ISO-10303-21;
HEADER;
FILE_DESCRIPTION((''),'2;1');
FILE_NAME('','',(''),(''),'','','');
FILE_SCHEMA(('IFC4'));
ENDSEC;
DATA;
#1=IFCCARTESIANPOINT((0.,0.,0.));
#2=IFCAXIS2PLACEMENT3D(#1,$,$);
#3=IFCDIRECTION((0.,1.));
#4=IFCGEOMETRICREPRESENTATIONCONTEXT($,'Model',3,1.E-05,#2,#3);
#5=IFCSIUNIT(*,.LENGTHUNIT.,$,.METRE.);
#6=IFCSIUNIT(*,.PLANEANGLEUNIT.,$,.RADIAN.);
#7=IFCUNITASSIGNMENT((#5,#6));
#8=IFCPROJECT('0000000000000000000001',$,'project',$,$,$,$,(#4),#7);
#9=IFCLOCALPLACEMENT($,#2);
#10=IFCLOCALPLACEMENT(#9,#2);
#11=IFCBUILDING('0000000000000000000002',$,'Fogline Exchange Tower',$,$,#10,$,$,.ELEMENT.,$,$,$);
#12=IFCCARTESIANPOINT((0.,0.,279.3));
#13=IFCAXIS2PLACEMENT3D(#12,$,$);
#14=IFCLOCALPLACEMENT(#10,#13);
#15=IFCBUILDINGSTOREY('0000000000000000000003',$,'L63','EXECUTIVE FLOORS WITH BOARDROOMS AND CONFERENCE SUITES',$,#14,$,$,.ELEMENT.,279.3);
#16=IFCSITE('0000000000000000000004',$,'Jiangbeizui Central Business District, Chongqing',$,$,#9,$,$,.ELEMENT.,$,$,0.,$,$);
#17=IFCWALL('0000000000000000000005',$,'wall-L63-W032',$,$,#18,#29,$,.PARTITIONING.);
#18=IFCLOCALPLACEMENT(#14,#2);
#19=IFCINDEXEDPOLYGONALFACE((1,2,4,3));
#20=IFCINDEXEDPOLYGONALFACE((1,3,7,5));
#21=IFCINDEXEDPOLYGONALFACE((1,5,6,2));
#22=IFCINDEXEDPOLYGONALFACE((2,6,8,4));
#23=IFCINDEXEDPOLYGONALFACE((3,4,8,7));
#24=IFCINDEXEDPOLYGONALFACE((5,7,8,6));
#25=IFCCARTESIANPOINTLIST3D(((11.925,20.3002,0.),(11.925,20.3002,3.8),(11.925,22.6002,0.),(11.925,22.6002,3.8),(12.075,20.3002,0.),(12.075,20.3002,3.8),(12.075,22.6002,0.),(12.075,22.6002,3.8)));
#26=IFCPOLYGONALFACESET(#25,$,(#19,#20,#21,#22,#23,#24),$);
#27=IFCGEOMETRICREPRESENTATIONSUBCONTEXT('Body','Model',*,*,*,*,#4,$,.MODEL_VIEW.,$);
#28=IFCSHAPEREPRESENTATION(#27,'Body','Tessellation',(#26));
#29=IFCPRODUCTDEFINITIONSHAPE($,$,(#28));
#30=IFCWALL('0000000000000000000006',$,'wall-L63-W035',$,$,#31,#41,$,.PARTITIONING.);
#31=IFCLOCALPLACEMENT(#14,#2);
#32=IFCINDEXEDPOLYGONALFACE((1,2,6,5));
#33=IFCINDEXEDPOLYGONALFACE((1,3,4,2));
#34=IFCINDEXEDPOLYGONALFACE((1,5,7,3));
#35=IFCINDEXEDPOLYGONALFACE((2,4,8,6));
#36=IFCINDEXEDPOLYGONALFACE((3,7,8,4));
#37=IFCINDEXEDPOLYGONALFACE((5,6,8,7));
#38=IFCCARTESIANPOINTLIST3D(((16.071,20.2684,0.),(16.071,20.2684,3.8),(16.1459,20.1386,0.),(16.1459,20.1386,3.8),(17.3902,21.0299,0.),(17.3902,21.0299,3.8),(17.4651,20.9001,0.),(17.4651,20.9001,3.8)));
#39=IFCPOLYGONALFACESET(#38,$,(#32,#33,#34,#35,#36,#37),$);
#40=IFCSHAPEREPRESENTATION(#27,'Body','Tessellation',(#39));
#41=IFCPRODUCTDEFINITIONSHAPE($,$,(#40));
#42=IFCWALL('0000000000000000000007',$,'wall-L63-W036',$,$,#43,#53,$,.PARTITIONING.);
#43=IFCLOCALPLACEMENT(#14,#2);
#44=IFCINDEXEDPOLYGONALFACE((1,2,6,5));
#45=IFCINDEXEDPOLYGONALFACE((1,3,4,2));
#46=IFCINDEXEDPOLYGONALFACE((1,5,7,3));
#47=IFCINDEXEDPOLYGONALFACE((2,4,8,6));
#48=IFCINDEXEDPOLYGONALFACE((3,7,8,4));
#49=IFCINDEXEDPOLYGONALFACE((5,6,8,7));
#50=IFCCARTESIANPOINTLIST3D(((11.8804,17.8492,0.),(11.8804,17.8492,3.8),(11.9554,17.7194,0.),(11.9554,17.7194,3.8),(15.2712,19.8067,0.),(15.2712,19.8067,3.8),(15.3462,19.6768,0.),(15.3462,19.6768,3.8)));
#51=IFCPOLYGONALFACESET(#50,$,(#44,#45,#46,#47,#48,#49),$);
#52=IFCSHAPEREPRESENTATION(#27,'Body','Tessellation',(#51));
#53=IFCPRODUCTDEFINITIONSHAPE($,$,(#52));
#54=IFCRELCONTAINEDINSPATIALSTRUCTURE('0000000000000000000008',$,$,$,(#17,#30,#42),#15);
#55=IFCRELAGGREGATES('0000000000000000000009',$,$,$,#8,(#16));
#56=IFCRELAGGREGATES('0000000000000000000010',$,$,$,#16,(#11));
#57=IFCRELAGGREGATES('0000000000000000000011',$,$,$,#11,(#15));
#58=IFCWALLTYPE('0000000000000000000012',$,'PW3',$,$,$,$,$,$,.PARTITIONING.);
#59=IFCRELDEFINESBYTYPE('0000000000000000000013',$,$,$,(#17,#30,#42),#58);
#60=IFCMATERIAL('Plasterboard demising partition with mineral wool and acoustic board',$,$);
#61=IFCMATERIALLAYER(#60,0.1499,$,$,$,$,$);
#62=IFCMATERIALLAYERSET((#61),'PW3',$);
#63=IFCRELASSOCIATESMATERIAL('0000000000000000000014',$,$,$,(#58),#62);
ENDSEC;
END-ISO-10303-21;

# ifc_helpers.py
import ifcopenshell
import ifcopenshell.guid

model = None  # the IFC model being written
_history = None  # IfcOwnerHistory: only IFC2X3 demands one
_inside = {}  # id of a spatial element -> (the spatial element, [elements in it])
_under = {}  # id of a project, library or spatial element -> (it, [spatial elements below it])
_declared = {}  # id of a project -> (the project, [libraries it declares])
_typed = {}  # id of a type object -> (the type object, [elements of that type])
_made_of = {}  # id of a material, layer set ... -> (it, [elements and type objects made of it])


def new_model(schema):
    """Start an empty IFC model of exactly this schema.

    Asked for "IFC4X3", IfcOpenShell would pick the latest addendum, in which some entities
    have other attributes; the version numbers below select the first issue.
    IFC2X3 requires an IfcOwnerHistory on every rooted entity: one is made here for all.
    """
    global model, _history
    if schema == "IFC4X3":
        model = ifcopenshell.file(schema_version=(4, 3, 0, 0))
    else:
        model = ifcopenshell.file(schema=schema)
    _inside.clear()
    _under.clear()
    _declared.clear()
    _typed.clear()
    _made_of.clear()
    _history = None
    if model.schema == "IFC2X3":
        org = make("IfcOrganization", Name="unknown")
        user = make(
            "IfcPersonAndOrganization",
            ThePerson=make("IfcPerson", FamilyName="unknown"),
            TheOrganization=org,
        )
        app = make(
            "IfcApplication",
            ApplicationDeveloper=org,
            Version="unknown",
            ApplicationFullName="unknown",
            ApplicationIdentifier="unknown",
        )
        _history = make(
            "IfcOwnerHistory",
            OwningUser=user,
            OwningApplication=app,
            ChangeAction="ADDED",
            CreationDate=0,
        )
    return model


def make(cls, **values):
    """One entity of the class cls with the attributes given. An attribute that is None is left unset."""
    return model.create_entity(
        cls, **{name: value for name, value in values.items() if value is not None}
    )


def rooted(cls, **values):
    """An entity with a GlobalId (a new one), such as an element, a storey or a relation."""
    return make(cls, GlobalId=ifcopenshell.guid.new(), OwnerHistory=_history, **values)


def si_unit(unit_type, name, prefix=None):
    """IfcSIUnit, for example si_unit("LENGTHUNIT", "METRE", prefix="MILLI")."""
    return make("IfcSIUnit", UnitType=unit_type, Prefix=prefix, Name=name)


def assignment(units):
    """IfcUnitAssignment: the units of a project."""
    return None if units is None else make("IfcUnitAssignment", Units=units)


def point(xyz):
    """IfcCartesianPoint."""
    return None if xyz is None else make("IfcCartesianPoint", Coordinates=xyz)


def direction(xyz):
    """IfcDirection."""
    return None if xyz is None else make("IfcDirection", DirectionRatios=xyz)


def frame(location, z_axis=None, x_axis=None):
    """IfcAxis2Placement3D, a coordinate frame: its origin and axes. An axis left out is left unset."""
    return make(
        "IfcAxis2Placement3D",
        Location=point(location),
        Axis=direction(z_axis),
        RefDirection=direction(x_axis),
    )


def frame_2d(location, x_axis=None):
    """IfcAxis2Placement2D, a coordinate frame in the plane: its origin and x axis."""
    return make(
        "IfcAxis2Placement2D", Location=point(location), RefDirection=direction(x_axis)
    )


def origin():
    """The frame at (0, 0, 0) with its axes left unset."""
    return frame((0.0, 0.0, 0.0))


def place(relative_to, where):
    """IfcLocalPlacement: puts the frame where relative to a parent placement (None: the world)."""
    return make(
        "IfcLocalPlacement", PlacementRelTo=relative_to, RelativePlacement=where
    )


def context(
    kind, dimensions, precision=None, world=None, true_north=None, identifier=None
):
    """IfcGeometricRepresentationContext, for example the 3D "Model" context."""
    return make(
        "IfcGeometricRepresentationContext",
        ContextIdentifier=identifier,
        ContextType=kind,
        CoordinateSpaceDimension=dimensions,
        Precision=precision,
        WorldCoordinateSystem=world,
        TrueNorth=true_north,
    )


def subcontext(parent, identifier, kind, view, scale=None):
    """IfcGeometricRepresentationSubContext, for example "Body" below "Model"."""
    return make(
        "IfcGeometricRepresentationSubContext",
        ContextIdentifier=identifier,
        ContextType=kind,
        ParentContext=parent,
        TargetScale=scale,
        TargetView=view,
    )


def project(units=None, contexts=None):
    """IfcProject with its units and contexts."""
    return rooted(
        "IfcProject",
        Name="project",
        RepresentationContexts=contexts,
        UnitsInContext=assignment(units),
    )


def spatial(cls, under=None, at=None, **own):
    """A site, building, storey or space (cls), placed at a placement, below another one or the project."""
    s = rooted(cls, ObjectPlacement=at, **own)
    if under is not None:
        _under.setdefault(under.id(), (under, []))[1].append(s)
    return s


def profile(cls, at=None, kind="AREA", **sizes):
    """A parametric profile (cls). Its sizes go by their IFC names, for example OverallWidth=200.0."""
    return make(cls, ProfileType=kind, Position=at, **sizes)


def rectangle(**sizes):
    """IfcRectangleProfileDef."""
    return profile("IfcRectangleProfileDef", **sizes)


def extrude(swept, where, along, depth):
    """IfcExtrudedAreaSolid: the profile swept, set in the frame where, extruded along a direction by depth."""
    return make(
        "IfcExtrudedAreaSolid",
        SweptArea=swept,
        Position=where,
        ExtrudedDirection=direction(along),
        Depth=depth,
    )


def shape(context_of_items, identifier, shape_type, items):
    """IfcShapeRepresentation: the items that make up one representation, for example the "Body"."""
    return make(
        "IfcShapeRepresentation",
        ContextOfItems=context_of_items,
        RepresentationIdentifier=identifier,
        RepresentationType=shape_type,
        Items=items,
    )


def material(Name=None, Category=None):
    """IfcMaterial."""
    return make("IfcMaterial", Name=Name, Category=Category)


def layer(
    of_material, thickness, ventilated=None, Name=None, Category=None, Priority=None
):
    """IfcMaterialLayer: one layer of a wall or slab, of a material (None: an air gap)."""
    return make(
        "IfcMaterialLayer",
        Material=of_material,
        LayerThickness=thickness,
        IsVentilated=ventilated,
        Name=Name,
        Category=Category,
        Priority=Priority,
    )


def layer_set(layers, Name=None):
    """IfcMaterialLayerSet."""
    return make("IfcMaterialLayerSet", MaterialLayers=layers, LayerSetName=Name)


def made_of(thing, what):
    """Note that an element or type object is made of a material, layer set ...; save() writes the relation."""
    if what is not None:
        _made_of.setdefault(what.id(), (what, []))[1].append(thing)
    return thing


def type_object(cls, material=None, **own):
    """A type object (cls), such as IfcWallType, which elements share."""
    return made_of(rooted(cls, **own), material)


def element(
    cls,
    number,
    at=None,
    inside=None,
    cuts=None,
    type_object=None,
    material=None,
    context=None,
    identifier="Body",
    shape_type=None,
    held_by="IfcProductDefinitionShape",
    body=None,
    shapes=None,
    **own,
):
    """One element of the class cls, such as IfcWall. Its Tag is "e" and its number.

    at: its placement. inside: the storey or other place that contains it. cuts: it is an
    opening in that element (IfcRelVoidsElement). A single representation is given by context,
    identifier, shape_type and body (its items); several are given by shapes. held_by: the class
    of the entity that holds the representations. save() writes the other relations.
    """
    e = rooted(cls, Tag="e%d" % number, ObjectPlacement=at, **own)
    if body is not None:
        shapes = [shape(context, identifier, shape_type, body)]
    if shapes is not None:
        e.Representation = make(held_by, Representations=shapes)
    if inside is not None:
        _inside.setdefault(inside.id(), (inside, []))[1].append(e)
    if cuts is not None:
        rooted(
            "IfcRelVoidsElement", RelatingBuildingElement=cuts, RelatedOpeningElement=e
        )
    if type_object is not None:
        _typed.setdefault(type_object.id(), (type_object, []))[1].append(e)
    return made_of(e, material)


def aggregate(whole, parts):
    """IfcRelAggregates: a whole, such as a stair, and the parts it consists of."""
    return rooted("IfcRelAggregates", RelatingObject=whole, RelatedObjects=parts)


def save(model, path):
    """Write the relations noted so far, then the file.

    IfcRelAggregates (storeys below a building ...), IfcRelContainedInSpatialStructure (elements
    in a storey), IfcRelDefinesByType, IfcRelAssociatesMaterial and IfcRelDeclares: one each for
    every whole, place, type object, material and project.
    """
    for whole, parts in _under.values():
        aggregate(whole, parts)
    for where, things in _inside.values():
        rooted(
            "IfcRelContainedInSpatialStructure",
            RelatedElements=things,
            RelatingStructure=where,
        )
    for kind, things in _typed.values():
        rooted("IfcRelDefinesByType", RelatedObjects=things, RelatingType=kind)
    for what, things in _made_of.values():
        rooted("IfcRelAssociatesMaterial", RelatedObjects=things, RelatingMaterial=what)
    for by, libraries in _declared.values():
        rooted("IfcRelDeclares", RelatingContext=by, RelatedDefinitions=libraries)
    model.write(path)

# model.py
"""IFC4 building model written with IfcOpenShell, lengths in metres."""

from ifc_helpers import new_model, si_unit, direction, frame, frame_2d, origin, place, context, subcontext, project, spatial, rectangle, extrude, material, layer, layer_set, type_object, element, save


model = new_model("IFC4")

# Units and contexts
model_context = context("Model", 3, precision=1e-05, world=origin(), true_north=direction((0.0, 1.0)))
body_context = subcontext(model_context, "Body", "Model", "MODEL_VIEW")
ifc_project = project(units=[si_unit("LENGTHUNIT", "METRE"), si_unit("PLANEANGLEUNIT", "RADIAN")], contexts=[model_context])

# Site, building, storey
site_placement = place(None, origin())
site = spatial("IfcSite", under=ifc_project, at=site_placement, Name="Jiangbeizui Central Business District, Chongqing", CompositionType="ELEMENT", RefElevation=0.0)
building_placement = place(site_placement, origin())
building = spatial("IfcBuilding", under=site, at=building_placement, Name="Fogline Exchange Tower", CompositionType="ELEMENT")
storey_placement = place(building_placement, frame((0.0, 0.0, 279.3)))
storey = spatial("IfcBuildingStorey", under=building, at=storey_placement, Name="L63", Description="EXECUTIVE FLOORS WITH BOARDROOMS AND CONFERENCE SUITES", CompositionType="ELEMENT", Elevation=279.3)

# Walls
ifc_material_1 = material(Name="Plasterboard demising partition with mineral wool and acoustic board")
ifc_layer_1 = layer(ifc_material_1, 0.1499)
ifc_layer_set_1 = layer_set([ifc_layer_1], Name="PW3")
wall_type_1 = type_object("IfcWallType", Name="PW3", PredefinedType="PARTITIONING", material=ifc_layer_set_1)
wall_1_placement = place(storey_placement, frame((12.0, 22.6001, 0.0), z_axis=(0.0, 0.0, 1.0), x_axis=(0.0, -1.0, 0.0)))
element("IfcWall", 1, at=wall_1_placement, inside=storey, type_object=wall_type_1, Name="wall-L63-W032", PredefinedType="PARTITIONING", context=body_context, shape_type="SweptSolid", body=[
    extrude(rectangle(XDim=2.3, YDim=0.1499, at=frame_2d((1.1499, 0.0))), origin(), (0.0, 0.0, 1.0), 3.8),
])
wall_2_placement = place(storey_placement, frame((17.4277, 20.9651, 0.0), z_axis=(0.0, 0.0, 1.0), x_axis=(-0.866055, -0.499949, 0.0)))
element("IfcWall", 2, at=wall_2_placement, inside=storey, type_object=wall_type_1, Name="wall-L63-W035", PredefinedType="PARTITIONING", context=body_context, shape_type="SweptSolid", body=[
    extrude(rectangle(XDim=1.5232, YDim=0.1499, at=frame_2d((0.7617, 0.0))), origin(), (0.0, 0.0, 1.0), 3.8),
])
wall_3_placement = place(storey_placement, frame((15.3086, 19.7417, 0.0), z_axis=(0.0, 0.0, 1.0), x_axis=(-0.866047, -0.499962, 0.0)))
element("IfcWall", 3, at=wall_3_placement, inside=storey, type_object=wall_type_1, Name="wall-L63-W036", PredefinedType="PARTITIONING", context=body_context, shape_type="SweptSolid", body=[
    extrude(rectangle(XDim=3.9153, YDim=0.1499, at=frame_2d((1.9575, 0.0))), origin(), (0.0, 0.0, 1.0), 3.8),
])

save(model, "model.ifc")
